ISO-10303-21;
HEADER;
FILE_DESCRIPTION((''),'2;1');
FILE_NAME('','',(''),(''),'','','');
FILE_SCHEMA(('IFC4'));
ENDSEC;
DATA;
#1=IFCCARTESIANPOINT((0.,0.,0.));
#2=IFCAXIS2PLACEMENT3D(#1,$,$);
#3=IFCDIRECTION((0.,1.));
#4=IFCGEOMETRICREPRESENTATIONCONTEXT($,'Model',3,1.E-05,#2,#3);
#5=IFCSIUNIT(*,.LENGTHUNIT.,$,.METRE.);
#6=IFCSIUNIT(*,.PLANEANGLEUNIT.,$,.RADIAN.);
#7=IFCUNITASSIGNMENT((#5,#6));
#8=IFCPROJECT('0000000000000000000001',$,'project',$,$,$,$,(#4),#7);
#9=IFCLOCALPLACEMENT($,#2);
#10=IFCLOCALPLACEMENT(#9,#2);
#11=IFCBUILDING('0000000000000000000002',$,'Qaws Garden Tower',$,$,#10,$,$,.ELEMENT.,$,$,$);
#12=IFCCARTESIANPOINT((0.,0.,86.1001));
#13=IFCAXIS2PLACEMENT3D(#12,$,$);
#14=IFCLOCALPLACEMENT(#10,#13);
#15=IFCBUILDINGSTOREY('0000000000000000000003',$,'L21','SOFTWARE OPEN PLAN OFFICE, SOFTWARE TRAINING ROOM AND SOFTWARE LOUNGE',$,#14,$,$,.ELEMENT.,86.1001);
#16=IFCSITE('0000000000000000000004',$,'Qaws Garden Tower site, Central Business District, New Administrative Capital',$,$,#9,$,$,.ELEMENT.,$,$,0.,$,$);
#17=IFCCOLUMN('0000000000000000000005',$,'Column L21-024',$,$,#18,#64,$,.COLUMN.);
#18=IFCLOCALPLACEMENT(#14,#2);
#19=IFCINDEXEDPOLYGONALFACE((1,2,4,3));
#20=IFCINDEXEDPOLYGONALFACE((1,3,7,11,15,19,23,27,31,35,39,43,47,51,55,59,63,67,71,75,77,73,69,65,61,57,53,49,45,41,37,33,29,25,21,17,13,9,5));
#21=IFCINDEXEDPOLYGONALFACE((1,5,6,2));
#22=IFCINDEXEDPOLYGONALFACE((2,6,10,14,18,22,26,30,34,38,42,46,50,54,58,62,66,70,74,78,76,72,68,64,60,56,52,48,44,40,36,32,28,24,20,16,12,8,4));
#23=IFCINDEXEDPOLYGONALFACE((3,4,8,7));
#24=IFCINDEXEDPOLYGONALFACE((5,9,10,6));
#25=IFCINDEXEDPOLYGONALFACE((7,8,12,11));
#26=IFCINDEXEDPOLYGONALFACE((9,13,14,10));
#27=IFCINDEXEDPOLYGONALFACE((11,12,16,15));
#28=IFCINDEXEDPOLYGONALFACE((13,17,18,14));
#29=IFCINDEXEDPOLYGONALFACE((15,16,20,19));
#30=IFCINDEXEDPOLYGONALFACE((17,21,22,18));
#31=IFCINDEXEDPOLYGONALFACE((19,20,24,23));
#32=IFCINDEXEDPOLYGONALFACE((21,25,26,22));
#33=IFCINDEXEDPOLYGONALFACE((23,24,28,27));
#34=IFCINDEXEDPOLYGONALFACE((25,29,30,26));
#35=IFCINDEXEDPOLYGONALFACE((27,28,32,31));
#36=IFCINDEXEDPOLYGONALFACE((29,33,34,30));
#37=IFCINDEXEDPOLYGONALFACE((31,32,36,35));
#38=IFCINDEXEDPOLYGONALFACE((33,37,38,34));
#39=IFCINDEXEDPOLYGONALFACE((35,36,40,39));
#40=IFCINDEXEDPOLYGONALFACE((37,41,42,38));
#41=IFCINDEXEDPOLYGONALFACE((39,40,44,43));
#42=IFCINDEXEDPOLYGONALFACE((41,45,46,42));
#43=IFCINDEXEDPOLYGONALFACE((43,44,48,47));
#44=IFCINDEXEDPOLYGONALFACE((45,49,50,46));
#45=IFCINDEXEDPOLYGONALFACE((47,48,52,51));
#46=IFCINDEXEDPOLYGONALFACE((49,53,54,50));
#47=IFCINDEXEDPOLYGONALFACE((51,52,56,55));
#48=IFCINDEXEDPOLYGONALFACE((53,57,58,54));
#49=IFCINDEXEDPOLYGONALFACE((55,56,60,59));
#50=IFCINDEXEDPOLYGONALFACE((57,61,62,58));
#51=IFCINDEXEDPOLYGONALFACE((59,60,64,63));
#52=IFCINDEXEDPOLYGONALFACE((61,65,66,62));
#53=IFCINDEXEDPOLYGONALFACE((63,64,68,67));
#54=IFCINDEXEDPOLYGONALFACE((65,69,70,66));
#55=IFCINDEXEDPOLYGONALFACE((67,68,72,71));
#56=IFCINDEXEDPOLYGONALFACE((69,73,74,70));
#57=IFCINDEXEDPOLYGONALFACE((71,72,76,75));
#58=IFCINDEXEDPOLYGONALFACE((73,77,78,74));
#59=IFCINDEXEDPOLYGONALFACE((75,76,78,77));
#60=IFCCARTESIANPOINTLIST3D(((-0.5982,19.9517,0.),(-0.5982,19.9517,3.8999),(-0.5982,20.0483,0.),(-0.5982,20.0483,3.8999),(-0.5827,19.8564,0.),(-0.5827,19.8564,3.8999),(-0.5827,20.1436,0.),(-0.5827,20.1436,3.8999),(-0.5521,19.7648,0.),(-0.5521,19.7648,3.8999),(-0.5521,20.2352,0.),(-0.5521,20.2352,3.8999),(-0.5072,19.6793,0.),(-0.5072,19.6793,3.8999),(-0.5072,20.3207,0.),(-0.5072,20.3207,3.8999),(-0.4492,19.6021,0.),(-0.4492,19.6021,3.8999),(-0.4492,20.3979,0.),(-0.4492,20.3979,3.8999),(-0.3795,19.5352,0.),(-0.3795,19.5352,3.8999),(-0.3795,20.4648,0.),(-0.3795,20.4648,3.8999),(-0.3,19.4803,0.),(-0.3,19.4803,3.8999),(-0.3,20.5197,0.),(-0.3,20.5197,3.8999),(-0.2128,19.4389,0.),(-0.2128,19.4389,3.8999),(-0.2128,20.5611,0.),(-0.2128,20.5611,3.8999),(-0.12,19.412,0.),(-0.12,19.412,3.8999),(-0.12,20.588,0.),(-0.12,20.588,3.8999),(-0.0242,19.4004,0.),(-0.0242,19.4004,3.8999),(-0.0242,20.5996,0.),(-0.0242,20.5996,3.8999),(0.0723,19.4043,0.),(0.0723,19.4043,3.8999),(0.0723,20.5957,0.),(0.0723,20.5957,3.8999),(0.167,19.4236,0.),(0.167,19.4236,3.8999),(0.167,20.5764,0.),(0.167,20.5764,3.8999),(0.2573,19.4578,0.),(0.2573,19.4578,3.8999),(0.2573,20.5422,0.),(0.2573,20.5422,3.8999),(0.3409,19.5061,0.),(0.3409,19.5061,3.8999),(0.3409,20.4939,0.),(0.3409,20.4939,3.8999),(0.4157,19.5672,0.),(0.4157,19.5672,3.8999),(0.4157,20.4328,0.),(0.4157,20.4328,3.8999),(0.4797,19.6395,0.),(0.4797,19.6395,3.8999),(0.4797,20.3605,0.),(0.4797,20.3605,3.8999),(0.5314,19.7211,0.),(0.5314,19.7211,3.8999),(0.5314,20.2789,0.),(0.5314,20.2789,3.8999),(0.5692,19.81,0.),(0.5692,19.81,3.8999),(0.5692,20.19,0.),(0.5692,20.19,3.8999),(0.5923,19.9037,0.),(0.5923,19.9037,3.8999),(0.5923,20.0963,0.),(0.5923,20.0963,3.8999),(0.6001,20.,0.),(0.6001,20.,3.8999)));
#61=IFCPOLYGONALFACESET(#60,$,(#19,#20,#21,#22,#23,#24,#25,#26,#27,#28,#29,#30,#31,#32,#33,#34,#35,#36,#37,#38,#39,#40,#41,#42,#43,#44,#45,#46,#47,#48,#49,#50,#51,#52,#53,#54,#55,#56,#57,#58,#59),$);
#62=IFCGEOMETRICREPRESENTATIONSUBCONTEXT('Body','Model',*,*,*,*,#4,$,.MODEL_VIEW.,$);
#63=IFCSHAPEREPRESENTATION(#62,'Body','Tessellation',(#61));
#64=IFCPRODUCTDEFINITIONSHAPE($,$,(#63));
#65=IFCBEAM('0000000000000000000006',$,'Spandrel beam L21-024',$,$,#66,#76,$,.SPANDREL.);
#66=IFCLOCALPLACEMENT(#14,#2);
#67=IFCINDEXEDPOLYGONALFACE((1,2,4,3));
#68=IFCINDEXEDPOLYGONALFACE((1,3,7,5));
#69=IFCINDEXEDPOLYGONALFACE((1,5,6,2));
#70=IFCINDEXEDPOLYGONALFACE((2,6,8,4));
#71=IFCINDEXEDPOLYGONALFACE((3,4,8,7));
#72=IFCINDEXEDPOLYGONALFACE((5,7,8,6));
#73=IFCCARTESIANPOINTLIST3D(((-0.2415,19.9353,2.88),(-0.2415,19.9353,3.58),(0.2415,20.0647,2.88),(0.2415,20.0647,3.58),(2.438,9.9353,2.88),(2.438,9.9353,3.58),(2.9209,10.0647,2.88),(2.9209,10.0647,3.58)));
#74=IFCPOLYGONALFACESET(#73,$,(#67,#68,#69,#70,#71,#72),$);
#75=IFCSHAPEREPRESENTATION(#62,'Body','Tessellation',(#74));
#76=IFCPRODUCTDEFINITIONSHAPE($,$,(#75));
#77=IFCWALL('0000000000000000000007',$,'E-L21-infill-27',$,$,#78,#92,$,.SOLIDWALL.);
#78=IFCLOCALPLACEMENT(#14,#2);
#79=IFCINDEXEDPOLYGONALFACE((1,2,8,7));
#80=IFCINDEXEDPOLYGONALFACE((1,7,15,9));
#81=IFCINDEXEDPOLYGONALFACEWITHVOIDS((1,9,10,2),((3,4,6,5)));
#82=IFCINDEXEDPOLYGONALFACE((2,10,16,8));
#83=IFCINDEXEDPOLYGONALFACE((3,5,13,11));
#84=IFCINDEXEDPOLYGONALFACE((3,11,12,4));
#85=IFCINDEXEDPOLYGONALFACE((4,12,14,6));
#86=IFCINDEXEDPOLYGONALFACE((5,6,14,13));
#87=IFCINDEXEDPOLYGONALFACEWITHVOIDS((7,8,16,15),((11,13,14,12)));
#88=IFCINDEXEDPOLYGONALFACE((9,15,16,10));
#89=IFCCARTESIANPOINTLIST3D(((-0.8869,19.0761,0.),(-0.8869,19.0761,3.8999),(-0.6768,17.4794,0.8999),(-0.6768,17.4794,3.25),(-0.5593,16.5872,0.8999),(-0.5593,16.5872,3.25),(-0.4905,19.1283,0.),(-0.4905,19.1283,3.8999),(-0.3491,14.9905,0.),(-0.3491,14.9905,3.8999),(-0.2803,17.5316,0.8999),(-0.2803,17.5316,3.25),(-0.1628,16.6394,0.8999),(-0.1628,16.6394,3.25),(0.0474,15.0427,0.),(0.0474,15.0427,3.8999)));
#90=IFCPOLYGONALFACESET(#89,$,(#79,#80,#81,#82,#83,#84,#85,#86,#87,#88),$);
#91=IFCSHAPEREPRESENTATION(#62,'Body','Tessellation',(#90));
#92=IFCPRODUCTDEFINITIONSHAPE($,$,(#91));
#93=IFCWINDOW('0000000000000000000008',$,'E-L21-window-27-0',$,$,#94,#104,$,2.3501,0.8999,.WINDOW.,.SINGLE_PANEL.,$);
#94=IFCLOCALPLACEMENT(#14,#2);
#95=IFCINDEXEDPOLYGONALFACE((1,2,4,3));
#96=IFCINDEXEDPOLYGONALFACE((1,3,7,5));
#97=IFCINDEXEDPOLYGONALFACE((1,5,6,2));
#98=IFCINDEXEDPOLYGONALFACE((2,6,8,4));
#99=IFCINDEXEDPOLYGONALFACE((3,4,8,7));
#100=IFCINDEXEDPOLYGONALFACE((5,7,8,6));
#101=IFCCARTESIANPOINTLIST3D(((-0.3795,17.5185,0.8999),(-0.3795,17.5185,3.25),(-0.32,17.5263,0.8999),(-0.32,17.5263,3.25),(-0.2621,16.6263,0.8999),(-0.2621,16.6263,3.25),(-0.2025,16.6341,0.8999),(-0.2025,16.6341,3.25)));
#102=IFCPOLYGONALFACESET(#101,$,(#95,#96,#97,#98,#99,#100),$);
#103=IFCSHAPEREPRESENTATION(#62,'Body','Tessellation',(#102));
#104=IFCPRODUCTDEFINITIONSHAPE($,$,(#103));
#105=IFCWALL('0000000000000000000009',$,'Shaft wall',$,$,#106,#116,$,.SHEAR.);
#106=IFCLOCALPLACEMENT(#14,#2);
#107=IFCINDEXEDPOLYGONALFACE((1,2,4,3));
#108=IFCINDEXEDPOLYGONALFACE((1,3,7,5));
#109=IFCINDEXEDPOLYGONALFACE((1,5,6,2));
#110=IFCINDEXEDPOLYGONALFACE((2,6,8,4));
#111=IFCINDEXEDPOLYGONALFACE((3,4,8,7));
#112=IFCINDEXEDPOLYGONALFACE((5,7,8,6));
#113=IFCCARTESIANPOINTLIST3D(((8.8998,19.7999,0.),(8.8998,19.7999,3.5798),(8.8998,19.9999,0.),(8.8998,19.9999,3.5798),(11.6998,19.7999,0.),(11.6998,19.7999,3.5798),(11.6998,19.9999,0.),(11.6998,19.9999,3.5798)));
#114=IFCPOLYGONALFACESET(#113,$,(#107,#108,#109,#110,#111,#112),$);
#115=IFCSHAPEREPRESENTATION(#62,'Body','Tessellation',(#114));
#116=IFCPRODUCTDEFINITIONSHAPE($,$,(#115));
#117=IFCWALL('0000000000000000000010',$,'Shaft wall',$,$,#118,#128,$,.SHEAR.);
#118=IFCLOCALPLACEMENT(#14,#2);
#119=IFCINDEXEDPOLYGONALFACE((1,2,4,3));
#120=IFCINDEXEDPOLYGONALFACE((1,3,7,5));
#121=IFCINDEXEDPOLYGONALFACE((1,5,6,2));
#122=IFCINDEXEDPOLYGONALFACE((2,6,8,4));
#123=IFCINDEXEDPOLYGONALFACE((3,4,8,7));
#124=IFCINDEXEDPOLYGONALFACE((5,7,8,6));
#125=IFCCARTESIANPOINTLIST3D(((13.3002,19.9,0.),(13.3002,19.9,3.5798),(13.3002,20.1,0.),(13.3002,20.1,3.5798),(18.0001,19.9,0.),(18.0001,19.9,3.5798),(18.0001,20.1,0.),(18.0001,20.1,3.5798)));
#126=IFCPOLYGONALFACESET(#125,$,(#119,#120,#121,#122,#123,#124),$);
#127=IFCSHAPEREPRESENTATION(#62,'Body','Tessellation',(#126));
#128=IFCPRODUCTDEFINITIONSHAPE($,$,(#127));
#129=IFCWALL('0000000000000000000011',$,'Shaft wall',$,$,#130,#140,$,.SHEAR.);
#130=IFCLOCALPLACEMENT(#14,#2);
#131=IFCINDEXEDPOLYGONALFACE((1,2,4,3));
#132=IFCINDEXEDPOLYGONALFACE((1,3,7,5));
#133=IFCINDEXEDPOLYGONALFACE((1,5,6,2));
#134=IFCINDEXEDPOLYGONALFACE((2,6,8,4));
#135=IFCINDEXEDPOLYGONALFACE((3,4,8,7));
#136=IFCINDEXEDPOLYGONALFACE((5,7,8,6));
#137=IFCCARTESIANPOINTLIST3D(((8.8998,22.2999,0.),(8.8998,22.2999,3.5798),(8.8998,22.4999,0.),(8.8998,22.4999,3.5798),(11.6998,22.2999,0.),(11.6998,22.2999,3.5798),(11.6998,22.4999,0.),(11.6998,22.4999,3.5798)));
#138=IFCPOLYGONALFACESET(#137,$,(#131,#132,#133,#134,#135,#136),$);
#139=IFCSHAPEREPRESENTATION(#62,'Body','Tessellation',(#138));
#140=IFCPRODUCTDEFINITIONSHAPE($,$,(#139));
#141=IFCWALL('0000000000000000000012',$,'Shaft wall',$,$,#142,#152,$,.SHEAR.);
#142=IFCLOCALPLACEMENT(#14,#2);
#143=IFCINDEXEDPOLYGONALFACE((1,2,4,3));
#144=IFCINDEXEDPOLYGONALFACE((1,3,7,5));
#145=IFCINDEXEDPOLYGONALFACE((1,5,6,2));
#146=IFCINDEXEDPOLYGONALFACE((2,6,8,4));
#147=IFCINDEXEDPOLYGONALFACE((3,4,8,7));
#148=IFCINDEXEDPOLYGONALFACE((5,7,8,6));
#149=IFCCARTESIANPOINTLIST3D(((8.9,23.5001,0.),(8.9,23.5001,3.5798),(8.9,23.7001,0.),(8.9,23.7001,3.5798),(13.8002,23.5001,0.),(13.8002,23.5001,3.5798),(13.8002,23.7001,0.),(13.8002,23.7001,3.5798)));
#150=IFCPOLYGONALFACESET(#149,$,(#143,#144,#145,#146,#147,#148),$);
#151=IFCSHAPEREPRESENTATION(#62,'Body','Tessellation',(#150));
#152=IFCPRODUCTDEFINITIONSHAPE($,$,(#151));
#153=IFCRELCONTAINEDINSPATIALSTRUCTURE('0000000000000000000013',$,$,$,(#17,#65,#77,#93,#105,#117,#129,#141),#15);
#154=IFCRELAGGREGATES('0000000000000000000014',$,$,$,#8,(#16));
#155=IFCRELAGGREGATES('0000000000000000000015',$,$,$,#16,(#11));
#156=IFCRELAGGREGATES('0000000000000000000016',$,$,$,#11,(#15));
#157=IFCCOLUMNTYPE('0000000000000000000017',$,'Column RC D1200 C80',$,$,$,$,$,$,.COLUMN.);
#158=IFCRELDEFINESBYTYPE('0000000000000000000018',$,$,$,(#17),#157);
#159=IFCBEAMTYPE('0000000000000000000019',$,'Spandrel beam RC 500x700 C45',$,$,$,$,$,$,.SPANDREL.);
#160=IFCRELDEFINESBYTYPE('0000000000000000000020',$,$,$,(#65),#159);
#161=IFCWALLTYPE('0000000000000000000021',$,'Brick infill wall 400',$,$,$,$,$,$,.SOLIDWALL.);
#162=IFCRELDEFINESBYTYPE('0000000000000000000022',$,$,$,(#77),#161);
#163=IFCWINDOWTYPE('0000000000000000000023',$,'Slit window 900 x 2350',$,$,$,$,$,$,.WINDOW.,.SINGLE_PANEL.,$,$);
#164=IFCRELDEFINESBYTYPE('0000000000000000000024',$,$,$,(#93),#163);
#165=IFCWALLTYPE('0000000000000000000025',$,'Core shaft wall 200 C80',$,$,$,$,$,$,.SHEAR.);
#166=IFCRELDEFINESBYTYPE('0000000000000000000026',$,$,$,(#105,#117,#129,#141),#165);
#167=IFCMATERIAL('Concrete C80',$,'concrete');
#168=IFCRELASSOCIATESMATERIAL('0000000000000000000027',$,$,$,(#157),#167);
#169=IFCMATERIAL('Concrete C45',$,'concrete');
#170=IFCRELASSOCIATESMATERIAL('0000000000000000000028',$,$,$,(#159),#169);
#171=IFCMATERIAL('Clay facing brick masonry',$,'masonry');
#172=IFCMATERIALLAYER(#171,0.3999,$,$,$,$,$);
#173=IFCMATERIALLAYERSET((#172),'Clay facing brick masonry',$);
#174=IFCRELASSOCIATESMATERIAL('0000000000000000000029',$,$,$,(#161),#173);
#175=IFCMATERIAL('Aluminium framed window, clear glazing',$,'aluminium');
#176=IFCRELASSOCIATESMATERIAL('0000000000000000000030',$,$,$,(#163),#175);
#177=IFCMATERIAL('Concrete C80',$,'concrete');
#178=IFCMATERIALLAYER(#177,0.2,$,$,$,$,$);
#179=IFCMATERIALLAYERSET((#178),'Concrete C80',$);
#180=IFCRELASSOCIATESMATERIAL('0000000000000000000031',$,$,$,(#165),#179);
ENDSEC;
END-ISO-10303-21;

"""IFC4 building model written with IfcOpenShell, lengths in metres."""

from ifc_helpers import new_model, si_unit, direction, frame, frame_2d, origin, origin_2d, place, context, subcontext, project, spatial, rectangle, circle, extrude, material, layer, layer_set, material_profile, profile_set, type_object, element, fill, save


model = new_model("IFC4")

# Units and contexts
model_context = context("Model", 3, precision=1e-05, world=origin(), true_north=direction((0.0, 1.0)))
body_context = subcontext(model_context, "Body", "Model", "MODEL_VIEW")
ifc_project = project(units=[si_unit("LENGTHUNIT", "METRE"), si_unit("PLANEANGLEUNIT", "RADIAN")], contexts=[model_context])

# Site, building, storey
site_placement = place(None, origin())
site = spatial("IfcSite", under=ifc_project, at=site_placement, Name="Qaws Garden Tower site, Central Business District, New Administrative Capital", CompositionType="ELEMENT", RefElevation=0.0)
building_placement = place(site_placement, origin())
building = spatial("IfcBuilding", under=site, at=building_placement, Name="Qaws Garden Tower", CompositionType="ELEMENT")
storey_placement = place(building_placement, frame((0.0, 0.0, 86.1001)))
storey = spatial("IfcBuildingStorey", under=building, at=storey_placement, Name="L21", Description="SOFTWARE OPEN PLAN OFFICE, SOFTWARE TRAINING ROOM AND SOFTWARE LOUNGE", CompositionType="ELEMENT", Elevation=86.1001)

# Column
ifc_material_1 = material(Name="Concrete C80", Category="concrete")
ifc_material_profile_1 = material_profile(ifc_material_1, circle(Radius=0.6001, at=origin_2d()), Name="RC D1200")
ifc_profile_set_1 = profile_set([ifc_material_profile_1], Name="Concrete C80")
column_type = type_object("IfcColumnType", Name="Column RC D1200 C80", PredefinedType="COLUMN", material=ifc_profile_set_1)
column_placement = place(storey_placement, frame((0.0, 20.0, 0.0), z_axis=(0.0, 0.0, 1.0), x_axis=(1.0, 0.0, 0.0)))
element("IfcColumn", 1, at=column_placement, inside=storey, type_object=column_type, Name="Column L21-024", PredefinedType="COLUMN", context=body_context, shape_type="SweptSolid", body=[
    extrude(circle(Radius=0.6001, at=origin_2d()), origin(), (0.0, 0.0, 1.0), 3.8999),
])

# Beam
ifc_material_2 = material(Name="Concrete C45", Category="concrete")
ifc_material_profile_2 = material_profile(ifc_material_2, rectangle(XDim=0.5, YDim=0.7, at=origin_2d()), Name="RC 500x700")
ifc_profile_set_2 = profile_set([ifc_material_profile_2], Name="Concrete C45")
beam_type = type_object("IfcBeamType", Name="Spandrel beam RC 500x700 C45", PredefinedType="SPANDREL", material=ifc_profile_set_2)
beam_placement = place(storey_placement, frame((0.0, 20.0, 3.23), z_axis=(0.258815, -0.965927, 0.0), x_axis=(0.965927, 0.258815, 0.0)))
element("IfcBeam", 2, at=beam_placement, inside=storey, type_object=beam_type, Name="Spandrel beam L21-024", PredefinedType="SPANDREL", context=body_context, shape_type="SweptSolid", body=[
    extrude(rectangle(XDim=0.5, YDim=0.7, at=origin_2d()), origin(), (0.0, 0.0, 1.0), 10.3528),
])

# Wall, opening, window
ifc_material_3 = material(Name="Clay facing brick masonry", Category="masonry")
ifc_layer_1 = layer(ifc_material_3, 0.3999)
ifc_layer_set_1 = layer_set([ifc_layer_1], Name="Clay facing brick masonry")
wall_type_1 = type_object("IfcWallType", Name="Brick infill wall 400", PredefinedType="SOLIDWALL", material=ifc_layer_set_1)
wall_1_placement = place(storey_placement, frame((-0.6887, 19.1023, 0.0), z_axis=(0.0, 0.0, 1.0), x_axis=(0.130514, -0.991446, 0.0)))
wall_1 = element("IfcWall", 3, at=wall_1_placement, inside=storey, type_object=wall_type_1, Name="E-L21-infill-27", PredefinedType="SOLIDWALL", context=body_context, shape_type="SweptSolid", body=[
    extrude(rectangle(XDim=4.1208, YDim=0.3999, at=frame_2d((2.0605, 0.0))), origin(), (0.0, 0.0, 1.0), 3.8999),
])
opening_1_placement = place(wall_1_placement, frame((1.6106, 0.0, 0.8999)))
opening_1 = element("IfcOpeningElement", 4, at=opening_1_placement, cuts=wall_1, PredefinedType="OPENING", context=body_context, shape_type="SweptSolid", body=[
    extrude(rectangle(XDim=0.8999, YDim=2.3501, at=frame_2d((0.45, 1.175))), frame((0.0, 0.21, 0.0), z_axis=(0.0, -1.0, 0.0), x_axis=(1.0, 0.0, 0.0)), (0.0, 0.0, 1.0), 0.4199),
])
ifc_material_4 = material(Name="Aluminium framed window, clear glazing", Category="aluminium")
window_type = type_object("IfcWindowType", Name="Slit window 900 x 2350", PartitioningType="SINGLE_PANEL", PredefinedType="WINDOW", material=ifc_material_4)
window_placement = place(opening_1_placement, origin())
window = element("IfcWindow", 5, at=window_placement, inside=storey, type_object=window_type, Name="E-L21-window-27-0", OverallHeight=2.3501, OverallWidth=0.8999, PartitioningType="SINGLE_PANEL", PredefinedType="WINDOW", context=body_context, shape_type="SweptSolid", body=[
    extrude(rectangle(XDim=0.8999, YDim=2.3501, at=frame_2d((0.45, 1.175))), frame((0.0, 0.1599, 0.0), z_axis=(0.0, -1.0, 0.0), x_axis=(1.0, 0.0, 0.0)), (0.0, 0.0, 1.0), 0.0601),
])
fill(opening_1, window)

# Walls
ifc_material_5 = material(Name="Concrete C80", Category="concrete")
ifc_layer_2 = layer(ifc_material_5, 0.2)
ifc_layer_set_2 = layer_set([ifc_layer_2], Name="Concrete C80")
wall_type_2 = type_object("IfcWallType", Name="Core shaft wall 200 C80", PredefinedType="SHEAR", material=ifc_layer_set_2)
wall_2_placement = place(storey_placement, frame((8.8999, 19.8999, 0.0), z_axis=(0.0, 0.0, 1.0), x_axis=(1.0, 0.0, 0.0)))
element("IfcWall", 6, at=wall_2_placement, inside=storey, type_object=wall_type_2, Name="Shaft wall", PredefinedType="SHEAR", context=body_context, shape_type="SweptSolid", body=[
    extrude(rectangle(XDim=2.8, YDim=0.2, at=frame_2d((1.3999, 0.0))), origin(), (0.0, 0.0, 1.0), 3.5798),
])
wall_3_placement = place(storey_placement, frame((13.3, 20.0, 0.0), z_axis=(0.0, 0.0, 1.0), x_axis=(1.0, 0.0, 0.0)))
element("IfcWall", 7, at=wall_3_placement, inside=storey, type_object=wall_type_2, Name="Shaft wall", PredefinedType="SHEAR", context=body_context, shape_type="SweptSolid", body=[
    extrude(rectangle(XDim=4.7, YDim=0.2, at=frame_2d((2.3501, 0.0))), origin(), (0.0, 0.0, 1.0), 3.5798),
])
wall_4_placement = place(storey_placement, frame((8.8999, 22.3999, 0.0), z_axis=(0.0, 0.0, 1.0), x_axis=(1.0, 0.0, 0.0)))
element("IfcWall", 8, at=wall_4_placement, inside=storey, type_object=wall_type_2, Name="Shaft wall", PredefinedType="SHEAR", context=body_context, shape_type="SweptSolid", body=[
    extrude(rectangle(XDim=2.8, YDim=0.2, at=frame_2d((1.3999, 0.0))), origin(), (0.0, 0.0, 1.0), 3.5798),
])
wall_5_placement = place(storey_placement, frame((8.8999, 23.6001, 0.0), z_axis=(0.0, 0.0, 1.0), x_axis=(1.0, 0.0, 0.0)))
element("IfcWall", 9, at=wall_5_placement, inside=storey, type_object=wall_type_2, Name="Shaft wall", PredefinedType="SHEAR", context=body_context, shape_type="SweptSolid", body=[
    extrude(rectangle(XDim=4.9001, YDim=0.2, at=frame_2d((2.4502, 0.0))), origin(), (0.0, 0.0, 1.0), 3.5798),
])

save(model, "model.ifc")
